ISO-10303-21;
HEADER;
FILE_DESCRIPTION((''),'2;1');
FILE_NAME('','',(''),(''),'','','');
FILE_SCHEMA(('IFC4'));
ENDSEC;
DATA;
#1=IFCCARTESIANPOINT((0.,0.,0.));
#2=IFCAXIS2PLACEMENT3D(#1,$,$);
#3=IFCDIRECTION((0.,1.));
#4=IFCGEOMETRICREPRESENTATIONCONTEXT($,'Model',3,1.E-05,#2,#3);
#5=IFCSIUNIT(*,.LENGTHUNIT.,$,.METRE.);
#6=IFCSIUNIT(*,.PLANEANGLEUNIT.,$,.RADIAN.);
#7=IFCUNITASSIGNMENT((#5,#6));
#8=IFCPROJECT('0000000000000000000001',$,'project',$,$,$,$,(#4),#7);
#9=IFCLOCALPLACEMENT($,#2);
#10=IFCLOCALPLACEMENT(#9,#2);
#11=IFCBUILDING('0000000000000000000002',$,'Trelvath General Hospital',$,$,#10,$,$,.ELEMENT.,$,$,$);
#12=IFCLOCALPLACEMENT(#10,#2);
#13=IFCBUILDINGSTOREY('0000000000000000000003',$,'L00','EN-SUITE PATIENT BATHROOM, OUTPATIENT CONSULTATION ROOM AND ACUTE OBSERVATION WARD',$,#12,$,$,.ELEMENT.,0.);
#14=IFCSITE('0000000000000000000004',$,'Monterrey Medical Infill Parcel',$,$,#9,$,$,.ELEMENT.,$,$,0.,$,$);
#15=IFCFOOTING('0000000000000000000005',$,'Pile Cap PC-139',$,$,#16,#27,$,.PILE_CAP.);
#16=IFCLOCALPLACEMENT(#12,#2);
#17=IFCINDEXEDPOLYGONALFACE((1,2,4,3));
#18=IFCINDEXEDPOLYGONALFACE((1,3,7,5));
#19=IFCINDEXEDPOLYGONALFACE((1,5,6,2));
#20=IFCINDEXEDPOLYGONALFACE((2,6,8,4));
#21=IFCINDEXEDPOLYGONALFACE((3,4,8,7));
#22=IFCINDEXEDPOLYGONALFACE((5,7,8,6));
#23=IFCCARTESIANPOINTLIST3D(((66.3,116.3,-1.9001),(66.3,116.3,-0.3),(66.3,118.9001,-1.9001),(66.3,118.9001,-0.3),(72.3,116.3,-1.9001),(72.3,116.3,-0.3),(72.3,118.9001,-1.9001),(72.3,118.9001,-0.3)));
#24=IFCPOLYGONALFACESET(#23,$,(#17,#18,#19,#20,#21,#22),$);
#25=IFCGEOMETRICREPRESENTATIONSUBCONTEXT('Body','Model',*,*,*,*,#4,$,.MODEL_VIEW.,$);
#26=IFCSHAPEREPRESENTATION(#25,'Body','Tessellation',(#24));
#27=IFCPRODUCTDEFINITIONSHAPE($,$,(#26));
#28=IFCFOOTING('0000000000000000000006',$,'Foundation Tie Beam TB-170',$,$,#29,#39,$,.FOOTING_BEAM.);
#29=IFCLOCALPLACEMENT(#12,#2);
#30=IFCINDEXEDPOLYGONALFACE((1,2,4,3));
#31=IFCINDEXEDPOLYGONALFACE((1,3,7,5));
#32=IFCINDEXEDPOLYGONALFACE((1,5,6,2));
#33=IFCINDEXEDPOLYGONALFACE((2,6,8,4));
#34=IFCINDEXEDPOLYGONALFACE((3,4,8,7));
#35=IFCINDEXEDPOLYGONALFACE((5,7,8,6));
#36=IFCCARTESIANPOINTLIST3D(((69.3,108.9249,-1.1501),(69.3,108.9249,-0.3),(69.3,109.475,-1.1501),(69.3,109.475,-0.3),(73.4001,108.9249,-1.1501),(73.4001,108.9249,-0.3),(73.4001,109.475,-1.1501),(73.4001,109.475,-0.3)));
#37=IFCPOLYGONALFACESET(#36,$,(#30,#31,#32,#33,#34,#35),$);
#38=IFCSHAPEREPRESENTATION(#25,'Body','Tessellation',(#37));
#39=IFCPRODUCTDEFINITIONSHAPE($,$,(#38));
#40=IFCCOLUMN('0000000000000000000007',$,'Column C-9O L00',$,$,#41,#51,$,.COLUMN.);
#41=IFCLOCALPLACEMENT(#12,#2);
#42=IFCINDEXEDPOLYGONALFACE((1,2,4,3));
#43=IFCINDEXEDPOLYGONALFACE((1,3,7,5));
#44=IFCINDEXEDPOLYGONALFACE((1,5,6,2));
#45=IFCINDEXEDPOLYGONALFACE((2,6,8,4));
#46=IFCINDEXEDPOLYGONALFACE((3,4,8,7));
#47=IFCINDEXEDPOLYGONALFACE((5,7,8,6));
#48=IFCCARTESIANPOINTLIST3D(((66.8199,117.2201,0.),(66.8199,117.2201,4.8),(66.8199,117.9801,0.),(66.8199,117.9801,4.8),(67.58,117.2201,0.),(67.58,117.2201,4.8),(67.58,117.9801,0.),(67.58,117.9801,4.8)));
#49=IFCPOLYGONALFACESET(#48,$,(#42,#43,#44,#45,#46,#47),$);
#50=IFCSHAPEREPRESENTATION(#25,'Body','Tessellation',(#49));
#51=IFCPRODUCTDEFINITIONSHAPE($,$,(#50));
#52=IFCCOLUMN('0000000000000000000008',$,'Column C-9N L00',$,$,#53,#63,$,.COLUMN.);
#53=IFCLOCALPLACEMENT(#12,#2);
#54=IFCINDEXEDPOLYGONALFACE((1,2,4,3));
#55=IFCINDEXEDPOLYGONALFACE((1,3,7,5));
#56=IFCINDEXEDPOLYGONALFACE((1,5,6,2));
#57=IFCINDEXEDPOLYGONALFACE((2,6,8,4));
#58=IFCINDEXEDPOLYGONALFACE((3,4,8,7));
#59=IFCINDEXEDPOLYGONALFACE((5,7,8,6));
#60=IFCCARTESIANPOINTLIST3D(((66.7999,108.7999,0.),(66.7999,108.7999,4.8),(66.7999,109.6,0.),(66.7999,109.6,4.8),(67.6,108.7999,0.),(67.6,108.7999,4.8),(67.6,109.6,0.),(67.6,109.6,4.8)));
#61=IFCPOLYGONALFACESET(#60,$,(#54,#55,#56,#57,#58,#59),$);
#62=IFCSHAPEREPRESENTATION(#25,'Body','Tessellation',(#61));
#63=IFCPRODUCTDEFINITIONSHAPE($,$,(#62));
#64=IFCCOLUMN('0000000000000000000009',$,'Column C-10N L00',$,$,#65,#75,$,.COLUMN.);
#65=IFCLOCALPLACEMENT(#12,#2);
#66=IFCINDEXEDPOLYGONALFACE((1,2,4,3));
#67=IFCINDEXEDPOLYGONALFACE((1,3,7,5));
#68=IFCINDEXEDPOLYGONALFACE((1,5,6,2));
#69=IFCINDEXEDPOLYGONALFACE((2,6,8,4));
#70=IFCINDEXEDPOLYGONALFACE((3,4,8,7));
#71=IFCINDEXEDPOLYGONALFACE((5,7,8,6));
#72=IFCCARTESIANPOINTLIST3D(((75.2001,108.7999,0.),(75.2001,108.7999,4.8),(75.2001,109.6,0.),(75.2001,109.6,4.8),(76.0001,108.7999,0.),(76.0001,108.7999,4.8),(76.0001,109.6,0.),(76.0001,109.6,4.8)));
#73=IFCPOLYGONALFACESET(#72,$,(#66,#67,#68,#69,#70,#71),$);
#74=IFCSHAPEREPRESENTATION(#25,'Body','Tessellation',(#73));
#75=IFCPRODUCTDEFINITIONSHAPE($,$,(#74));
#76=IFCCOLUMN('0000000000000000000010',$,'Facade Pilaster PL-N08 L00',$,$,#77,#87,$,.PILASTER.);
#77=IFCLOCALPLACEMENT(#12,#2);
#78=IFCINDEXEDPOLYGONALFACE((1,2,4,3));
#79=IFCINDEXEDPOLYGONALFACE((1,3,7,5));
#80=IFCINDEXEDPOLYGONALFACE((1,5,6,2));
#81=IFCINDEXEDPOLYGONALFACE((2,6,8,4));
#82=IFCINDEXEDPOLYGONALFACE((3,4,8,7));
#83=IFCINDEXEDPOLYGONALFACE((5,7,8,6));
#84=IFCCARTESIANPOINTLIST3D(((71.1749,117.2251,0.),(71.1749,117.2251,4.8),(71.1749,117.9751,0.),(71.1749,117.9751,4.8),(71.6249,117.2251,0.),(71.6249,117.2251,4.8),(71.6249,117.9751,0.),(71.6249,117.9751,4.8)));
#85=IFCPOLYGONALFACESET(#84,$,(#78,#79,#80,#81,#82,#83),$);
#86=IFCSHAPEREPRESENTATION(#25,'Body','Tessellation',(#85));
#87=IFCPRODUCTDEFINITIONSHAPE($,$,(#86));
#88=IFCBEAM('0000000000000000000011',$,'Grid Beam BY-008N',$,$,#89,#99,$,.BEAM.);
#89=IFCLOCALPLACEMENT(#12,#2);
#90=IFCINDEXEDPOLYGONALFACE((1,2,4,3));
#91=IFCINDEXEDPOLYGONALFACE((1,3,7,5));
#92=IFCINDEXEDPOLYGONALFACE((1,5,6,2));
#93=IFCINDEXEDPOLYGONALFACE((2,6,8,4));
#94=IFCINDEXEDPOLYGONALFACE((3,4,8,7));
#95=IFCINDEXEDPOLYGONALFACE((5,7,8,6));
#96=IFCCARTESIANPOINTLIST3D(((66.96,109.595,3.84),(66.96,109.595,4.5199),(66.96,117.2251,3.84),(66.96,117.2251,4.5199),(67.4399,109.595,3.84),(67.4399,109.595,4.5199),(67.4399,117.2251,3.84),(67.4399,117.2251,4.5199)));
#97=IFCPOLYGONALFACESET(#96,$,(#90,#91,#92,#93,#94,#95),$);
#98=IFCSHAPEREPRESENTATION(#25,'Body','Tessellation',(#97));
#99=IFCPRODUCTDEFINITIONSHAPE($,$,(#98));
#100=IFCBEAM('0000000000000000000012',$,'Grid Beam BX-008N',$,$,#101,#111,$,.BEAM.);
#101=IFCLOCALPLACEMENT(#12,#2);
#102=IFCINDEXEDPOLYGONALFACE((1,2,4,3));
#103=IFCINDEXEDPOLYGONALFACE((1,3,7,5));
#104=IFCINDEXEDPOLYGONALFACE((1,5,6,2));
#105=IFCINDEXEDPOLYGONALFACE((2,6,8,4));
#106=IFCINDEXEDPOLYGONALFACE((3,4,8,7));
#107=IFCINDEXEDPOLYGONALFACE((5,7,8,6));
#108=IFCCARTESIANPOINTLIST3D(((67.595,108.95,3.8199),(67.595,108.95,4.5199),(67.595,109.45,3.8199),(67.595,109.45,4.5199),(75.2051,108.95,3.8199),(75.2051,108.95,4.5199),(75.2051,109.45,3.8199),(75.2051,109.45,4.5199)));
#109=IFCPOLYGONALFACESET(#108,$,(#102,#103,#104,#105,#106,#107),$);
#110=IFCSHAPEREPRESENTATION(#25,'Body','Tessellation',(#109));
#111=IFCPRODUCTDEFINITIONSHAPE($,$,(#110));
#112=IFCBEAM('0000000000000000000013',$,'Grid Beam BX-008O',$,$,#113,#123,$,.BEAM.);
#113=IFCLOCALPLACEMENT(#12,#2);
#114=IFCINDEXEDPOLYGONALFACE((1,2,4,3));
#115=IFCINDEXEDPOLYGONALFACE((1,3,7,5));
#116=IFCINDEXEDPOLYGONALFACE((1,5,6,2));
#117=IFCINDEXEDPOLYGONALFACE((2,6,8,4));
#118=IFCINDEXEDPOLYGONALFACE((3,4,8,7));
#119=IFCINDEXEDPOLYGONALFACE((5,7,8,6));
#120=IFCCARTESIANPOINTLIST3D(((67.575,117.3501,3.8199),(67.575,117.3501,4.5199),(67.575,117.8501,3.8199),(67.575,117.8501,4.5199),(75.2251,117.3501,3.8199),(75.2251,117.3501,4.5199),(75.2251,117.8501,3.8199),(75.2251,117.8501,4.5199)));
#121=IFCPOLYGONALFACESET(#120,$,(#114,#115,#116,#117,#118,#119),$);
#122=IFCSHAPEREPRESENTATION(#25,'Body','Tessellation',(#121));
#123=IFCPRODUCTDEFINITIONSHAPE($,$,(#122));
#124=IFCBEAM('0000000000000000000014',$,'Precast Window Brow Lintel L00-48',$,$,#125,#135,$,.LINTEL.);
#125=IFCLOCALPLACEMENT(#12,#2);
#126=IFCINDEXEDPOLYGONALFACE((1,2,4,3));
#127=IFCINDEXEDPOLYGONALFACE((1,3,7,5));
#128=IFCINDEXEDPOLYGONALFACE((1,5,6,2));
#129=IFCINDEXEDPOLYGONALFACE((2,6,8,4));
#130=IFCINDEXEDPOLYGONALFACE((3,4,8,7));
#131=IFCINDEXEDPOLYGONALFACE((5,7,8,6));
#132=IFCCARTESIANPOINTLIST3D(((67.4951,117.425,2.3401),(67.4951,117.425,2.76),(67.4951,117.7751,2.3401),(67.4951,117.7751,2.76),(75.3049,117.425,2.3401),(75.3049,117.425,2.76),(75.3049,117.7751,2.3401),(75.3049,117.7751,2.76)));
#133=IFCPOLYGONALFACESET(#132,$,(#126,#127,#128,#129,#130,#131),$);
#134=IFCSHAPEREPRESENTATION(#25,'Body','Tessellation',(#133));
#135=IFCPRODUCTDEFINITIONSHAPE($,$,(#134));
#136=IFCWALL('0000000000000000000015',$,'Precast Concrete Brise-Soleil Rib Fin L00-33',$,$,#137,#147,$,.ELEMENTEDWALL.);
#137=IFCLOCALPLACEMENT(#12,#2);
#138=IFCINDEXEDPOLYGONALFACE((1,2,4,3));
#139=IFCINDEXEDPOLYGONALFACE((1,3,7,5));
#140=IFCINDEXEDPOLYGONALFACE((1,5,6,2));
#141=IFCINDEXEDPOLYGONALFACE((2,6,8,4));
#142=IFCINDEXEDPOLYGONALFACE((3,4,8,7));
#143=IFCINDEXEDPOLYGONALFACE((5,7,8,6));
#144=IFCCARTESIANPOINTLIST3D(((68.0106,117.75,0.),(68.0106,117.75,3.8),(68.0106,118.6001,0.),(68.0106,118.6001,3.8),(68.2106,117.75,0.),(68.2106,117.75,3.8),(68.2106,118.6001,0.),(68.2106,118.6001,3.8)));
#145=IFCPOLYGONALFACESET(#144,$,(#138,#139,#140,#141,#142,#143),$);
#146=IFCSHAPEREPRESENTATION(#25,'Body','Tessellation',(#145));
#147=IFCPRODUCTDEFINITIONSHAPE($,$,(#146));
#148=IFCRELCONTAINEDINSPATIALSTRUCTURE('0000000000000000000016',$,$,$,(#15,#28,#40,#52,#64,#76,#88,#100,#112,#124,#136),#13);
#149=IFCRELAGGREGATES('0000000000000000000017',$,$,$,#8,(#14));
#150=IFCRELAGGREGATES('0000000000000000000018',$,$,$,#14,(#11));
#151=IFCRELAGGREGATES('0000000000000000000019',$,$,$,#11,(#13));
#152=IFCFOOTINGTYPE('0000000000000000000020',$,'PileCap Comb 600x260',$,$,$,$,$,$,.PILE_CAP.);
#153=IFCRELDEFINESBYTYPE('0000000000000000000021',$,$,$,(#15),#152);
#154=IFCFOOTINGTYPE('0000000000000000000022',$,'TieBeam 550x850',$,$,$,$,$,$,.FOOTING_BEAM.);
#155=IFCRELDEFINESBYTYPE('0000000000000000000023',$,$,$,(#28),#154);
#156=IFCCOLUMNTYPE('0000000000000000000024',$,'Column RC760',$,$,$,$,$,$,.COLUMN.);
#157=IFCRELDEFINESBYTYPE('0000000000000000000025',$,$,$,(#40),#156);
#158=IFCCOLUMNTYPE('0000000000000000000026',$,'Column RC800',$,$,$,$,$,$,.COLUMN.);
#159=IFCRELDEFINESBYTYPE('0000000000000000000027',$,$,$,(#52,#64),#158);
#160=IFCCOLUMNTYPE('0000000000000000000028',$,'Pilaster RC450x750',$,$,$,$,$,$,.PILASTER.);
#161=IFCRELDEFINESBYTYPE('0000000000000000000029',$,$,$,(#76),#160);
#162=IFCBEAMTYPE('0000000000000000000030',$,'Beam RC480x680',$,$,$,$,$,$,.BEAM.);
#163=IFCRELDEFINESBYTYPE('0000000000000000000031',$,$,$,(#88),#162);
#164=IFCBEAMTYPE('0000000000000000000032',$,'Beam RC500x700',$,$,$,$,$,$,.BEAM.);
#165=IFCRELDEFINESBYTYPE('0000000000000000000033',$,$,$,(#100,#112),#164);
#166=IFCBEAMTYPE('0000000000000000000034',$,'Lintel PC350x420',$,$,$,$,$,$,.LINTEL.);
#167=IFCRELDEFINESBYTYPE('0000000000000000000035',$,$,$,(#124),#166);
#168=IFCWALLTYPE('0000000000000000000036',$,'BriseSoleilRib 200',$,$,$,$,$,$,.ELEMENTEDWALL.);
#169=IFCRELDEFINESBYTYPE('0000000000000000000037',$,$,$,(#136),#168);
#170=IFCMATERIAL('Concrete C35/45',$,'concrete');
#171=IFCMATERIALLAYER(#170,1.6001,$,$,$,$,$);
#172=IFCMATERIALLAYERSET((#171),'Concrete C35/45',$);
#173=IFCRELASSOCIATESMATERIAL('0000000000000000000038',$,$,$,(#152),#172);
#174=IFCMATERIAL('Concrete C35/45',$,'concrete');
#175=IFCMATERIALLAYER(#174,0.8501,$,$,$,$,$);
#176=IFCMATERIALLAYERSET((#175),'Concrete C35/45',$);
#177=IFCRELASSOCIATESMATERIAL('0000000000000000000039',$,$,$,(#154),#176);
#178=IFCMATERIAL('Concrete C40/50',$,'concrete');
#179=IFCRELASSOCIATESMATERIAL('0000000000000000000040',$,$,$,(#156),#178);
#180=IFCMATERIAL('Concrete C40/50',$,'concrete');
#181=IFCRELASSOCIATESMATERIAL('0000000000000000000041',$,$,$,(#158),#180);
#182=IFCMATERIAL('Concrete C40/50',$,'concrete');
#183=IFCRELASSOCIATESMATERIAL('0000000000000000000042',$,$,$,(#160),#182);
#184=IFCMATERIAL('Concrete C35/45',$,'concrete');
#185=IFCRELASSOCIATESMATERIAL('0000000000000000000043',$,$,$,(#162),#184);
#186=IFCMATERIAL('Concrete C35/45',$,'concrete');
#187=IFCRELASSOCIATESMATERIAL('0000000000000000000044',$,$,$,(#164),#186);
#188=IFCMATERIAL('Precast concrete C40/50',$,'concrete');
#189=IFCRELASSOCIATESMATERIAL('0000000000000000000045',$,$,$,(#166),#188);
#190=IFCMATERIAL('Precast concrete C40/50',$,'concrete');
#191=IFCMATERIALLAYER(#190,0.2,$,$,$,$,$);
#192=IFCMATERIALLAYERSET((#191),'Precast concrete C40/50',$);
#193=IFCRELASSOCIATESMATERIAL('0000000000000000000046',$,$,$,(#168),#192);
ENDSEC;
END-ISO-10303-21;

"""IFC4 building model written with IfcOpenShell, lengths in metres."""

from ifc_helpers import new_model, si_unit, direction, frame, frame_2d, origin, origin_2d, place, context, subcontext, project, spatial, rectangle, extrude, material, layer, layer_set, material_profile, profile_set, type_object, element, save


model = new_model("IFC4")

# Units and contexts
model_context = context("Model", 3, precision=1e-05, world=origin(), true_north=direction((0.0, 1.0)))
body_context = subcontext(model_context, "Body", "Model", "MODEL_VIEW")
ifc_project = project(units=[si_unit("LENGTHUNIT", "METRE"), si_unit("PLANEANGLEUNIT", "RADIAN")], contexts=[model_context])

# Site, building, storey
site_placement = place(None, origin())
site = spatial("IfcSite", under=ifc_project, at=site_placement, Name="Monterrey Medical Infill Parcel", CompositionType="ELEMENT", RefElevation=0.0)
building_placement = place(site_placement, origin())
building = spatial("IfcBuilding", under=site, at=building_placement, Name="Trelvath General Hospital", CompositionType="ELEMENT")
storey_placement = place(building_placement, origin())
storey = spatial("IfcBuildingStorey", under=building, at=storey_placement, Name="L00", Description="EN-SUITE PATIENT BATHROOM, OUTPATIENT CONSULTATION ROOM AND ACUTE OBSERVATION WARD", CompositionType="ELEMENT", Elevation=0.0)

# Footings
ifc_material_1 = material(Name="Concrete C35/45", Category="concrete")
ifc_layer_1 = layer(ifc_material_1, 1.6001)
ifc_layer_set_1 = layer_set([ifc_layer_1], Name="Concrete C35/45")
footing_type_1 = type_object("IfcFootingType", Name="PileCap Comb 600x260", PredefinedType="PILE_CAP", material=ifc_layer_set_1)
footing_1_placement = place(storey_placement, frame((69.3, 117.6001, -1.9001), z_axis=(0.0, 0.0, 1.0), x_axis=(1.0, 0.0, 0.0)))
element("IfcFooting", 1, at=footing_1_placement, inside=storey, type_object=footing_type_1, Name="Pile Cap PC-139", PredefinedType="PILE_CAP", context=body_context, shape_type="SweptSolid", body=[
    extrude(rectangle(XDim=6.0, YDim=2.6001, at=origin_2d()), origin(), (0.0, 0.0, 1.0), 1.6001),
])
ifc_material_2 = material(Name="Concrete C35/45", Category="concrete")
ifc_layer_2 = layer(ifc_material_2, 0.8501)
ifc_layer_set_2 = layer_set([ifc_layer_2], Name="Concrete C35/45")
footing_type_2 = type_object("IfcFootingType", Name="TieBeam 550x850", PredefinedType="FOOTING_BEAM", material=ifc_layer_set_2)
footing_2_placement = place(storey_placement, frame((71.3501, 109.2, -1.1501), z_axis=(0.0, 0.0, 1.0), x_axis=(1.0, 0.0, 0.0)))
element("IfcFooting", 2, at=footing_2_placement, inside=storey, type_object=footing_type_2, Name="Foundation Tie Beam TB-170", PredefinedType="FOOTING_BEAM", context=body_context, shape_type="SweptSolid", body=[
    extrude(rectangle(XDim=4.1001, YDim=0.55, at=origin_2d()), origin(), (0.0, 0.0, 1.0), 0.8501),
])

# Columns
ifc_material_3 = material(Name="Concrete C40/50", Category="concrete")
ifc_material_profile_1 = material_profile(ifc_material_3, rectangle(XDim=0.76, YDim=0.76, at=origin_2d()), Name="RC760x760")
ifc_profile_set_1 = profile_set([ifc_material_profile_1], Name="Concrete C40/50")
column_type_1 = type_object("IfcColumnType", Name="Column RC760", PredefinedType="COLUMN", material=ifc_profile_set_1)
column_1_placement = place(storey_placement, frame((67.2, 117.6001, 0.0), z_axis=(0.0, 0.0, 1.0), x_axis=(1.0, 0.0, 0.0)))
element("IfcColumn", 3, at=column_1_placement, inside=storey, type_object=column_type_1, Name="Column C-9O L00", PredefinedType="COLUMN", context=body_context, shape_type="SweptSolid", body=[
    extrude(rectangle(XDim=0.76, YDim=0.76, at=origin_2d()), origin(), (0.0, 0.0, 1.0), 4.8),
])
ifc_material_4 = material(Name="Concrete C40/50", Category="concrete")
ifc_material_profile_2 = material_profile(ifc_material_4, rectangle(XDim=0.8, YDim=0.8, at=origin_2d()), Name="RC800x800")
ifc_profile_set_2 = profile_set([ifc_material_profile_2], Name="Concrete C40/50")
column_type_2 = type_object("IfcColumnType", Name="Column RC800", PredefinedType="COLUMN", material=ifc_profile_set_2)
for number, where, z_axis, x_axis, name in (
    (4, (67.2, 109.2, 0.0), (0.0, 0.0, 1.0), (1.0, 0.0, 0.0), "Column C-9N L00"),
    (5, (75.6001, 109.2, 0.0), (0.0, 0.0, 1.0), (1.0, 0.0, 0.0), "Column C-10N L00"),
):
    element("IfcColumn", number, at=place(storey_placement, frame(where, z_axis=z_axis, x_axis=x_axis)), inside=storey, type_object=column_type_2, Name=name, PredefinedType="COLUMN", context=body_context, shape_type="SweptSolid", body=[
        extrude(rectangle(XDim=0.8, YDim=0.8, at=origin_2d()), origin(), (0.0, 0.0, 1.0), 4.8),
    ])
ifc_material_5 = material(Name="Concrete C40/50", Category="concrete")
ifc_material_profile_3 = material_profile(ifc_material_5, rectangle(XDim=0.45, YDim=0.75, at=origin_2d()), Name="RC450x750")
ifc_profile_set_3 = profile_set([ifc_material_profile_3], Name="Concrete C40/50")
column_type_3 = type_object("IfcColumnType", Name="Pilaster RC450x750", PredefinedType="PILASTER", material=ifc_profile_set_3)
column_2_placement = place(storey_placement, frame((71.3999, 117.6001, 0.0), z_axis=(0.0, 0.0, 1.0), x_axis=(1.0, 0.0, 0.0)))
element("IfcColumn", 6, at=column_2_placement, inside=storey, type_object=column_type_3, Name="Facade Pilaster PL-N08 L00", PredefinedType="PILASTER", context=body_context, shape_type="SweptSolid", body=[
    extrude(rectangle(XDim=0.45, YDim=0.75, at=origin_2d()), origin(), (0.0, 0.0, 1.0), 4.8),
])

# Beams
ifc_material_6 = material(Name="Concrete C35/45", Category="concrete")
ifc_material_profile_4 = material_profile(ifc_material_6, rectangle(XDim=0.48, YDim=0.6799, at=origin_2d()), Name="RCB480x680")
ifc_profile_set_4 = profile_set([ifc_material_profile_4], Name="Concrete C35/45")
beam_type_1 = type_object("IfcBeamType", Name="Beam RC480x680", PredefinedType="BEAM", material=ifc_profile_set_4)
beam_1_placement = place(storey_placement, frame((67.2, 109.595, 4.1799), z_axis=(0.0, 1.0, 0.0), x_axis=(-1.0, 0.0, 0.0)))
element("IfcBeam", 7, at=beam_1_placement, inside=storey, type_object=beam_type_1, Name="Grid Beam BY-008N", PredefinedType="BEAM", context=body_context, shape_type="SweptSolid", body=[
    extrude(rectangle(XDim=0.48, YDim=0.6799, at=origin_2d()), origin(), (0.0, 0.0, 1.0), 7.6301),
])
ifc_material_7 = material(Name="Concrete C35/45", Category="concrete")
ifc_material_profile_5 = material_profile(ifc_material_7, rectangle(XDim=0.5, YDim=0.7, at=origin_2d()), Name="RCB500x700")
ifc_profile_set_5 = profile_set([ifc_material_profile_5], Name="Concrete C35/45")
beam_type_2 = type_object("IfcBeamType", Name="Beam RC500x700", PredefinedType="BEAM", material=ifc_profile_set_5)
beam_2_placement = place(storey_placement, frame((67.595, 109.2, 4.1699), z_axis=(1.0, 0.0, 0.0), x_axis=(0.0, 1.0, 0.0)))
element("IfcBeam", 8, at=beam_2_placement, inside=storey, type_object=beam_type_2, Name="Grid Beam BX-008N", PredefinedType="BEAM", context=body_context, shape_type="SweptSolid", body=[
    extrude(rectangle(XDim=0.5, YDim=0.7, at=origin_2d()), origin(), (0.0, 0.0, 1.0), 7.6101),
])
beam_3_placement = place(storey_placement, frame((67.575, 117.6001, 4.1699), z_axis=(1.0, 0.0, 0.0), x_axis=(0.0, 1.0, 0.0)))
element("IfcBeam", 9, at=beam_3_placement, inside=storey, type_object=beam_type_2, Name="Grid Beam BX-008O", PredefinedType="BEAM", context=body_context, shape_type="SweptSolid", body=[
    extrude(rectangle(XDim=0.5, YDim=0.7, at=origin_2d()), origin(), (0.0, 0.0, 1.0), 7.6501),
])
ifc_material_8 = material(Name="Precast concrete C40/50", Category="concrete")
ifc_material_profile_6 = material_profile(ifc_material_8, rectangle(XDim=0.3501, YDim=0.4199, at=origin_2d()), Name="PCL350x420")
ifc_profile_set_6 = profile_set([ifc_material_profile_6], Name="Precast concrete C40/50")
beam_type_3 = type_object("IfcBeamType", Name="Lintel PC350x420", PredefinedType="LINTEL", material=ifc_profile_set_6)
beam_4_placement = place(storey_placement, frame((67.4951, 117.6001, 2.55), z_axis=(1.0, 0.0, 0.0), x_axis=(0.0, 1.0, 0.0)))
element("IfcBeam", 10, at=beam_4_placement, inside=storey, type_object=beam_type_3, Name="Precast Window Brow Lintel L00-48", PredefinedType="LINTEL", context=body_context, shape_type="SweptSolid", body=[
    extrude(rectangle(XDim=0.3501, YDim=0.4199, at=origin_2d()), origin(), (0.0, 0.0, 1.0), 7.8098),
])

# Wall
ifc_material_9 = material(Name="Precast concrete C40/50", Category="concrete")
ifc_layer_3 = layer(ifc_material_9, 0.2)
ifc_layer_set_3 = layer_set([ifc_layer_3], Name="Precast concrete C40/50")
wall_type_1 = type_object("IfcWallType", Name="BriseSoleilRib 200", PredefinedType="ELEMENTEDWALL", material=ifc_layer_set_3)
wall_1_placement = place(storey_placement, frame((68.1106, 117.75, 0.0), z_axis=(0.0, 0.0, 1.0), x_axis=(0.0, 1.0, 0.0)))
element("IfcWall", 11, at=wall_1_placement, inside=storey, type_object=wall_type_1, Name="Precast Concrete Brise-Soleil Rib Fin L00-33", PredefinedType="ELEMENTEDWALL", context=body_context, shape_type="SweptSolid", body=[
    extrude(rectangle(XDim=0.8501, YDim=0.2, at=frame_2d((0.425, 0.0))), origin(), (0.0, 0.0, 1.0), 3.8),
])

save(model, "model.ifc")
